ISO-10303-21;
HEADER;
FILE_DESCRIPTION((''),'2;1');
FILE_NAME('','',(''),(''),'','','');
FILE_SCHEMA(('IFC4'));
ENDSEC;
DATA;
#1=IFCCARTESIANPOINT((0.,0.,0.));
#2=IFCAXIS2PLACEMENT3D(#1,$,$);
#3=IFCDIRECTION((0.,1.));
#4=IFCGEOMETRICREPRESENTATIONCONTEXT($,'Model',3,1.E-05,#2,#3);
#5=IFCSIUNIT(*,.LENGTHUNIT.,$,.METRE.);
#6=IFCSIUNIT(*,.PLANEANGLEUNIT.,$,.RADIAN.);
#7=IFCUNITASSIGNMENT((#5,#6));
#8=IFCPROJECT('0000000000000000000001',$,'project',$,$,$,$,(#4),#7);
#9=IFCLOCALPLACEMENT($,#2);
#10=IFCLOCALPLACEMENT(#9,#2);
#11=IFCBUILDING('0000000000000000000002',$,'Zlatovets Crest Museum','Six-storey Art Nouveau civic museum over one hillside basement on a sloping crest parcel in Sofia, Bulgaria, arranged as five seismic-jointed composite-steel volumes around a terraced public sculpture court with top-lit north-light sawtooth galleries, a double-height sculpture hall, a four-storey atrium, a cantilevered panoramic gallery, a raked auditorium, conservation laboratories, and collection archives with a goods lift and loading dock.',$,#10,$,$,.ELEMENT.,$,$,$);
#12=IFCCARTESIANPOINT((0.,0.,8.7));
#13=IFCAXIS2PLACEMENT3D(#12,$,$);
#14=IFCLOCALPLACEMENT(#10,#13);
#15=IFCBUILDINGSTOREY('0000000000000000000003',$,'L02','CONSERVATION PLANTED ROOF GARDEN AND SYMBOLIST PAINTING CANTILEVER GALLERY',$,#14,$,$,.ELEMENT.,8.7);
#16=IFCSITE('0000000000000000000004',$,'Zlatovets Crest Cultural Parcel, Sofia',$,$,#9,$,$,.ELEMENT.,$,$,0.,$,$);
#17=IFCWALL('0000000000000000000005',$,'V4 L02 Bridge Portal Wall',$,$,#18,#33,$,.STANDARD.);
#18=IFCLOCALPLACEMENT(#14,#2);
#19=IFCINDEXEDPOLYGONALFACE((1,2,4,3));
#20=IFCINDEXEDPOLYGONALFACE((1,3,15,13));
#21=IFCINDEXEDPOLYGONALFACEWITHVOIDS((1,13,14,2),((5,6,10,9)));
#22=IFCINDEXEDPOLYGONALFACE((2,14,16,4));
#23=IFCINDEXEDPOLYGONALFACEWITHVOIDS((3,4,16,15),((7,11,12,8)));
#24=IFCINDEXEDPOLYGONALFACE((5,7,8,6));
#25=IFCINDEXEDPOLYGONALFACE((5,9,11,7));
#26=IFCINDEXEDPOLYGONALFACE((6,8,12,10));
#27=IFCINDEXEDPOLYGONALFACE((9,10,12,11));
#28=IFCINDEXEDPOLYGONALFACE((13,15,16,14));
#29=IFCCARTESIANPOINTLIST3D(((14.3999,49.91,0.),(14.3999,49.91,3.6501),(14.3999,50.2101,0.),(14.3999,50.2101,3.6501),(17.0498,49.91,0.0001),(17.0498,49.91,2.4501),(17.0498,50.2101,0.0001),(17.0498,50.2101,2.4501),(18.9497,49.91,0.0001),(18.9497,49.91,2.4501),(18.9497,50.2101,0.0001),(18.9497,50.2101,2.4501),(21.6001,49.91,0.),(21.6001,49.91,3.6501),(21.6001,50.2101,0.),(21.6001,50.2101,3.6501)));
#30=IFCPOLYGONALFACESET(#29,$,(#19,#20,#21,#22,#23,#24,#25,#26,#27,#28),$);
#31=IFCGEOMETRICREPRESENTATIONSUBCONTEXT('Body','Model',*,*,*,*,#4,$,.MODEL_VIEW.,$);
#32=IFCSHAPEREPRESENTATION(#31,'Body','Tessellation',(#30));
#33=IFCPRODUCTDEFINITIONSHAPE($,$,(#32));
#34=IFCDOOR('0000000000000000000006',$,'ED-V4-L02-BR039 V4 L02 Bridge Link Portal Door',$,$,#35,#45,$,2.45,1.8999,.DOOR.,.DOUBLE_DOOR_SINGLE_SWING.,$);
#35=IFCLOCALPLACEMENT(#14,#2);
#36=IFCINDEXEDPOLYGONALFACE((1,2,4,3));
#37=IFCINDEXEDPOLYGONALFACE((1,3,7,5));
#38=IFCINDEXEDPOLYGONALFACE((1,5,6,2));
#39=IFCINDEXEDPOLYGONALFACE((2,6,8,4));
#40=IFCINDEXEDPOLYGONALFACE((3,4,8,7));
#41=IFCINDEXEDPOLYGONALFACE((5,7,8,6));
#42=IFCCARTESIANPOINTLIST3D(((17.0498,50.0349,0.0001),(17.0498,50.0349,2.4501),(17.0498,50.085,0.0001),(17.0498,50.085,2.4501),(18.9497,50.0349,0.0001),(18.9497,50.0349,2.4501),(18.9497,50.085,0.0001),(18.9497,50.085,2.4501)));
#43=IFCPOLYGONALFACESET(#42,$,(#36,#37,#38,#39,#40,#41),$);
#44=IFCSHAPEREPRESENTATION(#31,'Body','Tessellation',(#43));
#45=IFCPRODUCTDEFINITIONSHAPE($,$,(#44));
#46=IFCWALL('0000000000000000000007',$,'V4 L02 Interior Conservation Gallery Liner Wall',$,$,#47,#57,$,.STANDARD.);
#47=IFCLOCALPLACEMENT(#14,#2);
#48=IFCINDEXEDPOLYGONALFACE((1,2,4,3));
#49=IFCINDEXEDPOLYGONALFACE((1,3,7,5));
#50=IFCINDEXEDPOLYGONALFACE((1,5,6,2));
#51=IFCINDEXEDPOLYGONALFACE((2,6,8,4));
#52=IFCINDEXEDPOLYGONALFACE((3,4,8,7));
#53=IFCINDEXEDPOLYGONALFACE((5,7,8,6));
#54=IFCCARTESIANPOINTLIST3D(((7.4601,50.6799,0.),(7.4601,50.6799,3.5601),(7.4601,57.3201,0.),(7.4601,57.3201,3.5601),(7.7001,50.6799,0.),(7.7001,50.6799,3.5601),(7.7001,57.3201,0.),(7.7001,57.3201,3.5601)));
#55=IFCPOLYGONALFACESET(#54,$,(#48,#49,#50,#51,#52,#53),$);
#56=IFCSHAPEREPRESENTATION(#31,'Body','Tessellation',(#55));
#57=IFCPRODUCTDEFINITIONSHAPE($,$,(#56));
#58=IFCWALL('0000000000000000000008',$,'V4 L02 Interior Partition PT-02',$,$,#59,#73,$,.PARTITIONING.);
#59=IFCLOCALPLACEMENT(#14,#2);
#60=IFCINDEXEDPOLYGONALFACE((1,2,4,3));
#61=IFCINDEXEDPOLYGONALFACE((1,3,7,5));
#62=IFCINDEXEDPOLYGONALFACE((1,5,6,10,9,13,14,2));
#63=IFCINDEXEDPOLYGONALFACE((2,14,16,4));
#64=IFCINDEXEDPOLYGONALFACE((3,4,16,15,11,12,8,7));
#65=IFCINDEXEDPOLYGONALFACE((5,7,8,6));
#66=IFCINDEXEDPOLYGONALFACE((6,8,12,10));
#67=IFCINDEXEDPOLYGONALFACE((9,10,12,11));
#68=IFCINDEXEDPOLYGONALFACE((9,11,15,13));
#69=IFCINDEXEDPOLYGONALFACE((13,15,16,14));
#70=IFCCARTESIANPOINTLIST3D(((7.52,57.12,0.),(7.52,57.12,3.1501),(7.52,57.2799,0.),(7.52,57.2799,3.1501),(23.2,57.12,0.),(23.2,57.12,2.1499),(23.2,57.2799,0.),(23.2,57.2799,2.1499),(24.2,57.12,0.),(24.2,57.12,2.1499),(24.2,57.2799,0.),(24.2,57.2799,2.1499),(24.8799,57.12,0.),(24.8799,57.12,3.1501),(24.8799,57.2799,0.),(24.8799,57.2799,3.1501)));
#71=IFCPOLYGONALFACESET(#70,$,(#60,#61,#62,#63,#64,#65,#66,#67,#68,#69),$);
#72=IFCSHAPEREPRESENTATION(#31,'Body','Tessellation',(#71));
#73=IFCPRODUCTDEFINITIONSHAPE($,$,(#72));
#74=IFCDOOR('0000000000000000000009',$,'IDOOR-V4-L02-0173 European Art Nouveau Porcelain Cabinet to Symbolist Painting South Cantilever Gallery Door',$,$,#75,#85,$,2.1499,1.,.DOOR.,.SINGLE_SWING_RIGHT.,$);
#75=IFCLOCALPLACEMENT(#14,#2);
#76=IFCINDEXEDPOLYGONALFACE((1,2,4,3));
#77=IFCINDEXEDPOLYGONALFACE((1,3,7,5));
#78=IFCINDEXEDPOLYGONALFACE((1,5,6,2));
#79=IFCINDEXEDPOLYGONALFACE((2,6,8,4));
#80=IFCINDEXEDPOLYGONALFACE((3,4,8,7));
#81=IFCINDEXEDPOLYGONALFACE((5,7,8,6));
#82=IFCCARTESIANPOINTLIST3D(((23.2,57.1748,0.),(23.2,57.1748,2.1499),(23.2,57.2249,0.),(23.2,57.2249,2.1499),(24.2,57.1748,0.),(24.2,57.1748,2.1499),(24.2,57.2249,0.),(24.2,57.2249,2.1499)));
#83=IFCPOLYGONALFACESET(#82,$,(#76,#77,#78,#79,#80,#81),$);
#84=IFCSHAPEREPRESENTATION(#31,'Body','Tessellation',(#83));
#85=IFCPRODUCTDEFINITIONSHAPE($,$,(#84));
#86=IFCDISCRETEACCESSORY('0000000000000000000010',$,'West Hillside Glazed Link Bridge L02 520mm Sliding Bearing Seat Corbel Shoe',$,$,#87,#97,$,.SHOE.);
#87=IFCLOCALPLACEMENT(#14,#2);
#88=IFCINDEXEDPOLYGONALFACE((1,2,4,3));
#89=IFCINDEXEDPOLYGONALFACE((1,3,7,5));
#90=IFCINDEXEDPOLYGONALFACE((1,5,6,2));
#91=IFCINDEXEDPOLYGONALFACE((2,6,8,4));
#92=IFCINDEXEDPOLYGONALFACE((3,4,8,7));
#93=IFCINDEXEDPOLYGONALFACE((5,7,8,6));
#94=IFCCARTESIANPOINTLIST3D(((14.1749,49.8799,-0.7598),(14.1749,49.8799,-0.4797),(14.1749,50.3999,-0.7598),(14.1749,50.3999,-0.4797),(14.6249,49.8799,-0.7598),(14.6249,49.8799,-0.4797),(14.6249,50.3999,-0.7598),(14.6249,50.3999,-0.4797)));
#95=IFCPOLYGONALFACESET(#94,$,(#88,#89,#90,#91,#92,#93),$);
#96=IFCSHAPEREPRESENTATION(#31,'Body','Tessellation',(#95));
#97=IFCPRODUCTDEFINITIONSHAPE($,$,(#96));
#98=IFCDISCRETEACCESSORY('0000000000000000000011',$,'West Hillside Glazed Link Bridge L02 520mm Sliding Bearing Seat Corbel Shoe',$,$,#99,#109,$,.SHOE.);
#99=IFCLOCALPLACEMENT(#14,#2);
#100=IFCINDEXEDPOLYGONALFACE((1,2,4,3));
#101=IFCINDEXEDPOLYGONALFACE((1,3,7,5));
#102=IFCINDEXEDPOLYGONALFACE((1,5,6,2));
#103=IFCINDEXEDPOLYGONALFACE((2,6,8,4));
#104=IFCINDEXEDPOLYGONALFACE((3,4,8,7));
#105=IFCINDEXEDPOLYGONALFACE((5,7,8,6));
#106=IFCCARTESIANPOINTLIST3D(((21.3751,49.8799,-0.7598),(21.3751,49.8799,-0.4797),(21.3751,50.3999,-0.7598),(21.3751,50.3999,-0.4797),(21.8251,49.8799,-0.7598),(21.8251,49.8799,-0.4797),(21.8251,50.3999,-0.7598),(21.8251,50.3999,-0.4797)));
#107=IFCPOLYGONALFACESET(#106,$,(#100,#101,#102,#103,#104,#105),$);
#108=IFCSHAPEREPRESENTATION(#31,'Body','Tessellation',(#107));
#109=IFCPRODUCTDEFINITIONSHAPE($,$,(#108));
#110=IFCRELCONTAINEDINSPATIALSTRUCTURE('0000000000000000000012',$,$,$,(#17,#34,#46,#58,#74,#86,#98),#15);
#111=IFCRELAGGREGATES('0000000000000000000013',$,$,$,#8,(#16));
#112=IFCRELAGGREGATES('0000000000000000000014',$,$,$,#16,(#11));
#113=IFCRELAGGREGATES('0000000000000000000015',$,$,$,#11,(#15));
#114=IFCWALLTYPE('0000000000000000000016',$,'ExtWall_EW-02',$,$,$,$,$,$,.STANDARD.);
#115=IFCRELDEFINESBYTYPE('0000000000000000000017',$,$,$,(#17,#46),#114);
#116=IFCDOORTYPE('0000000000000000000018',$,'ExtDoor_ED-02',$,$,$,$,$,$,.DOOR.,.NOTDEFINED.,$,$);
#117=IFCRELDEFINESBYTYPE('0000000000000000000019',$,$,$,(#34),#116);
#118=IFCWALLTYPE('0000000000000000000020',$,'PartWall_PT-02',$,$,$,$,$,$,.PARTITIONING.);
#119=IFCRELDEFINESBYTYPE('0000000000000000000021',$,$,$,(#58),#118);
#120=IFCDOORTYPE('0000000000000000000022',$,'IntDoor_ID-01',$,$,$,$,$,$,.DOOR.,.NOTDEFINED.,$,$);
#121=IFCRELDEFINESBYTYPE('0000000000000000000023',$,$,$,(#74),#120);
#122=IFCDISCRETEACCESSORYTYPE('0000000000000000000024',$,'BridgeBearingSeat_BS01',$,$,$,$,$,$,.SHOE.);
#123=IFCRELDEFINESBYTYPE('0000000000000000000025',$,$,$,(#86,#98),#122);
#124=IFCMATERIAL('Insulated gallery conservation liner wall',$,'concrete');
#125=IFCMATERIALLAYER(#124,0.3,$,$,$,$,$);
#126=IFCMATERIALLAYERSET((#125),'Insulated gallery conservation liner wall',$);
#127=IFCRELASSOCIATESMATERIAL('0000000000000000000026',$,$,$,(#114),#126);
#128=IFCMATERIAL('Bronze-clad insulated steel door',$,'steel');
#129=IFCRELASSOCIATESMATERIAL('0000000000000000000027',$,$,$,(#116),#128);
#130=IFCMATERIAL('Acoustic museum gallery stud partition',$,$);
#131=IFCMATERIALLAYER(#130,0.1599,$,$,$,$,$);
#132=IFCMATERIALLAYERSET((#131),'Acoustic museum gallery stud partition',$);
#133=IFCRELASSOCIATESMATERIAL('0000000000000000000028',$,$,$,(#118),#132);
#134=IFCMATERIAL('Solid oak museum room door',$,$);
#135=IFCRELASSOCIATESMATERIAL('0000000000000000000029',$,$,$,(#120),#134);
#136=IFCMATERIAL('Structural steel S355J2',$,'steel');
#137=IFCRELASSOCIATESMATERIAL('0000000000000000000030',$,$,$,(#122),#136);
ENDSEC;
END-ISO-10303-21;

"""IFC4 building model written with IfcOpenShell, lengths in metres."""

from ifc_helpers import new_model, si_unit, direction, frame, frame_2d, origin, origin_2d, place, context, subcontext, project, spatial, rectangle, extrude, material, layer, layer_set, type_object, element, fill, save


model = new_model("IFC4")

# Units and contexts
model_context = context("Model", 3, precision=1e-05, world=origin(), true_north=direction((0.0, 1.0)))
body_context = subcontext(model_context, "Body", "Model", "MODEL_VIEW")
ifc_project = project(units=[si_unit("LENGTHUNIT", "METRE"), si_unit("PLANEANGLEUNIT", "RADIAN")], contexts=[model_context])

# Site, building, storey
site_placement = place(None, origin())
site = spatial("IfcSite", under=ifc_project, at=site_placement, Name="Zlatovets Crest Cultural Parcel, Sofia", CompositionType="ELEMENT", RefElevation=0.0)
building_placement = place(site_placement, origin())
building = spatial("IfcBuilding", under=site, at=building_placement, Name="Zlatovets Crest Museum", Description="Six-storey Art Nouveau civic museum over one hillside basement on a sloping crest parcel in Sofia, Bulgaria, arranged as five seismic-jointed composite-steel volumes around a terraced public sculpture court with top-lit north-light sawtooth galleries, a double-height sculpture hall, a four-storey atrium, a cantilevered panoramic gallery, a raked auditorium, conservation laboratories, and collection archives with a goods lift and loading dock.", CompositionType="ELEMENT")
storey_placement = place(building_placement, frame((0.0, 0.0, 8.7)))
storey = spatial("IfcBuildingStorey", under=building, at=storey_placement, Name="L02", Description="CONSERVATION PLANTED ROOF GARDEN AND SYMBOLIST PAINTING CANTILEVER GALLERY", CompositionType="ELEMENT", Elevation=8.7)

# Shared definitions
ifc_material_1 = material(Name="Structural steel S355J2", Category="steel")

# Shared definitions
ifc_material_2 = material(Name="Insulated gallery conservation liner wall", Category="concrete")
ifc_layer_1 = layer(ifc_material_2, 0.3)
ifc_layer_set_1 = layer_set([ifc_layer_1], Name="Insulated gallery conservation liner wall")
wall_type_1 = type_object("IfcWallType", Name="ExtWall_EW-02", PredefinedType="STANDARD", material=ifc_layer_set_1)

# Wall, opening, door
wall_1_placement = place(storey_placement, frame((14.3999, 50.0601, 0.0), z_axis=(0.0, 0.0, 1.0), x_axis=(1.0, 0.0, 0.0)))
wall_1 = element("IfcWall", 1, at=wall_1_placement, inside=storey, type_object=wall_type_1, Name="V4 L02 Bridge Portal Wall", PredefinedType="STANDARD", context=body_context, shape_type="SweptSolid", body=[
    extrude(rectangle(XDim=7.2002, YDim=0.3, at=frame_2d((3.6001, 0.0))), origin(), (0.0, 0.0, 1.0), 3.6501),
])
opening_1_placement = place(wall_1_placement, frame((2.6499, 0.0, 0.0)))
opening_1 = element("IfcOpeningElement", 2, at=opening_1_placement, cuts=wall_1, PredefinedType="OPENING", context=body_context, shape_type="SweptSolid", body=[
    extrude(rectangle(XDim=1.8999, YDim=2.45, at=frame_2d((0.95, 1.2251))), frame((0.0, 0.1602, 0.0), z_axis=(0.0, -1.0, 0.0), x_axis=(1.0, 0.0, 0.0)), (0.0, 0.0, 1.0), 0.3201),
])
ifc_material_3 = material(Name="Bronze-clad insulated steel door", Category="steel")
door_type_1 = type_object("IfcDoorType", Name="ExtDoor_ED-02", OperationType="NOTDEFINED", PredefinedType="DOOR", material=ifc_material_3)
door_1_placement = place(opening_1_placement, origin())
door_1 = element("IfcDoor", 3, at=door_1_placement, inside=storey, type_object=door_type_1, Name="ED-V4-L02-BR039 V4 L02 Bridge Link Portal Door", OperationType="DOUBLE_DOOR_SINGLE_SWING", OverallHeight=2.45, OverallWidth=1.8999, PredefinedType="DOOR", context=body_context, shape_type="SweptSolid", body=[
    extrude(rectangle(XDim=1.8999, YDim=2.45, at=frame_2d((0.95, 1.2251))), frame((0.0, 0.0249, 0.0), z_axis=(0.0, -1.0, 0.0), x_axis=(1.0, 0.0, 0.0)), (0.0, 0.0, 1.0), 0.05),
])
fill(opening_1, door_1)

# Wall
wall_2_placement = place(storey_placement, frame((7.5801, 57.3201, 0.0), z_axis=(0.0, 0.0, 1.0), x_axis=(0.0, -1.0, 0.0)))
element("IfcWall", 4, at=wall_2_placement, inside=storey, type_object=wall_type_1, Name="V4 L02 Interior Conservation Gallery Liner Wall", PredefinedType="STANDARD", context=body_context, shape_type="SweptSolid", body=[
    extrude(rectangle(XDim=6.6401, YDim=0.24, at=frame_2d((3.3201, 0.0))), origin(), (0.0, 0.0, 1.0), 3.5601),
])

# Wall, opening, door
ifc_material_4 = material(Name="Acoustic museum gallery stud partition")
ifc_layer_2 = layer(ifc_material_4, 0.1599)
ifc_layer_set_2 = layer_set([ifc_layer_2], Name="Acoustic museum gallery stud partition")
wall_type_2 = type_object("IfcWallType", Name="PartWall_PT-02", PredefinedType="PARTITIONING", material=ifc_layer_set_2)
wall_3_placement = place(storey_placement, frame((7.52, 57.2, 0.0), z_axis=(0.0, 0.0, 1.0), x_axis=(1.0, 0.0, 0.0)))
wall_3 = element("IfcWall", 5, at=wall_3_placement, inside=storey, type_object=wall_type_2, Name="V4 L02 Interior Partition PT-02", PredefinedType="PARTITIONING", context=body_context, shape_type="SweptSolid", body=[
    extrude(rectangle(XDim=17.3599, YDim=0.1599, at=frame_2d((8.6799, 0.0))), origin(), (0.0, 0.0, 1.0), 3.1501),
])
opening_2_placement = place(wall_3_placement, frame((15.6799, 0.0, 0.0)))
opening_2 = element("IfcOpeningElement", 6, at=opening_2_placement, cuts=wall_3, PredefinedType="OPENING", context=body_context, shape_type="SweptSolid", body=[
    extrude(rectangle(XDim=1.0, YDim=2.1499, at=frame_2d((0.5, 1.075))), frame((0.0, 0.0898, 0.0), z_axis=(0.0, -1.0, 0.0), x_axis=(1.0, 0.0, 0.0)), (0.0, 0.0, 1.0), 0.1799),
])
ifc_material_5 = material(Name="Solid oak museum room door")
door_type_2 = type_object("IfcDoorType", Name="IntDoor_ID-01", OperationType="NOTDEFINED", PredefinedType="DOOR", material=ifc_material_5)
door_2_placement = place(opening_2_placement, origin())
door_2 = element("IfcDoor", 7, at=door_2_placement, inside=storey, type_object=door_type_2, Name="IDOOR-V4-L02-0173 European Art Nouveau Porcelain Cabinet to Symbolist Painting South Cantilever Gallery Door", OperationType="SINGLE_SWING_RIGHT", OverallHeight=2.1499, OverallWidth=1.0, PredefinedType="DOOR", context=body_context, shape_type="SweptSolid", body=[
    extrude(rectangle(XDim=1.0, YDim=2.1499, at=frame_2d((0.5, 1.075))), frame((0.0, 0.0249, 0.0), z_axis=(0.0, -1.0, 0.0), x_axis=(1.0, 0.0, 0.0)), (0.0, 0.0, 1.0), 0.05),
])
fill(opening_2, door_2)

# Discrete accessories
discrete_accessory_type = type_object("IfcDiscreteAccessoryType", Name="BridgeBearingSeat_BS01", PredefinedType="SHOE", material=ifc_material_1)
for number, where, z_axis, x_axis, name in (
    (8, (14.3999, 50.1399, -0.7598), (0.0, 0.0, 1.0), (1.0, 0.0, 0.0), "West Hillside Glazed Link Bridge L02 520mm Sliding Bearing Seat Corbel Shoe"),
    (9, (21.6001, 50.1399, -0.7598), (0.0, 0.0, 1.0), (1.0, 0.0, 0.0), "West Hillside Glazed Link Bridge L02 520mm Sliding Bearing Seat Corbel Shoe"),
):
    element("IfcDiscreteAccessory", number, at=place(storey_placement, frame(where, z_axis=z_axis, x_axis=x_axis)), inside=storey, type_object=discrete_accessory_type, Name=name, PredefinedType="SHOE", context=body_context, shape_type="SweptSolid", body=[
        extrude(rectangle(XDim=0.45, YDim=0.52, at=origin_2d()), origin(), (0.0, 0.0, 1.0), 0.28),
    ])

save(model, "model.ifc")
